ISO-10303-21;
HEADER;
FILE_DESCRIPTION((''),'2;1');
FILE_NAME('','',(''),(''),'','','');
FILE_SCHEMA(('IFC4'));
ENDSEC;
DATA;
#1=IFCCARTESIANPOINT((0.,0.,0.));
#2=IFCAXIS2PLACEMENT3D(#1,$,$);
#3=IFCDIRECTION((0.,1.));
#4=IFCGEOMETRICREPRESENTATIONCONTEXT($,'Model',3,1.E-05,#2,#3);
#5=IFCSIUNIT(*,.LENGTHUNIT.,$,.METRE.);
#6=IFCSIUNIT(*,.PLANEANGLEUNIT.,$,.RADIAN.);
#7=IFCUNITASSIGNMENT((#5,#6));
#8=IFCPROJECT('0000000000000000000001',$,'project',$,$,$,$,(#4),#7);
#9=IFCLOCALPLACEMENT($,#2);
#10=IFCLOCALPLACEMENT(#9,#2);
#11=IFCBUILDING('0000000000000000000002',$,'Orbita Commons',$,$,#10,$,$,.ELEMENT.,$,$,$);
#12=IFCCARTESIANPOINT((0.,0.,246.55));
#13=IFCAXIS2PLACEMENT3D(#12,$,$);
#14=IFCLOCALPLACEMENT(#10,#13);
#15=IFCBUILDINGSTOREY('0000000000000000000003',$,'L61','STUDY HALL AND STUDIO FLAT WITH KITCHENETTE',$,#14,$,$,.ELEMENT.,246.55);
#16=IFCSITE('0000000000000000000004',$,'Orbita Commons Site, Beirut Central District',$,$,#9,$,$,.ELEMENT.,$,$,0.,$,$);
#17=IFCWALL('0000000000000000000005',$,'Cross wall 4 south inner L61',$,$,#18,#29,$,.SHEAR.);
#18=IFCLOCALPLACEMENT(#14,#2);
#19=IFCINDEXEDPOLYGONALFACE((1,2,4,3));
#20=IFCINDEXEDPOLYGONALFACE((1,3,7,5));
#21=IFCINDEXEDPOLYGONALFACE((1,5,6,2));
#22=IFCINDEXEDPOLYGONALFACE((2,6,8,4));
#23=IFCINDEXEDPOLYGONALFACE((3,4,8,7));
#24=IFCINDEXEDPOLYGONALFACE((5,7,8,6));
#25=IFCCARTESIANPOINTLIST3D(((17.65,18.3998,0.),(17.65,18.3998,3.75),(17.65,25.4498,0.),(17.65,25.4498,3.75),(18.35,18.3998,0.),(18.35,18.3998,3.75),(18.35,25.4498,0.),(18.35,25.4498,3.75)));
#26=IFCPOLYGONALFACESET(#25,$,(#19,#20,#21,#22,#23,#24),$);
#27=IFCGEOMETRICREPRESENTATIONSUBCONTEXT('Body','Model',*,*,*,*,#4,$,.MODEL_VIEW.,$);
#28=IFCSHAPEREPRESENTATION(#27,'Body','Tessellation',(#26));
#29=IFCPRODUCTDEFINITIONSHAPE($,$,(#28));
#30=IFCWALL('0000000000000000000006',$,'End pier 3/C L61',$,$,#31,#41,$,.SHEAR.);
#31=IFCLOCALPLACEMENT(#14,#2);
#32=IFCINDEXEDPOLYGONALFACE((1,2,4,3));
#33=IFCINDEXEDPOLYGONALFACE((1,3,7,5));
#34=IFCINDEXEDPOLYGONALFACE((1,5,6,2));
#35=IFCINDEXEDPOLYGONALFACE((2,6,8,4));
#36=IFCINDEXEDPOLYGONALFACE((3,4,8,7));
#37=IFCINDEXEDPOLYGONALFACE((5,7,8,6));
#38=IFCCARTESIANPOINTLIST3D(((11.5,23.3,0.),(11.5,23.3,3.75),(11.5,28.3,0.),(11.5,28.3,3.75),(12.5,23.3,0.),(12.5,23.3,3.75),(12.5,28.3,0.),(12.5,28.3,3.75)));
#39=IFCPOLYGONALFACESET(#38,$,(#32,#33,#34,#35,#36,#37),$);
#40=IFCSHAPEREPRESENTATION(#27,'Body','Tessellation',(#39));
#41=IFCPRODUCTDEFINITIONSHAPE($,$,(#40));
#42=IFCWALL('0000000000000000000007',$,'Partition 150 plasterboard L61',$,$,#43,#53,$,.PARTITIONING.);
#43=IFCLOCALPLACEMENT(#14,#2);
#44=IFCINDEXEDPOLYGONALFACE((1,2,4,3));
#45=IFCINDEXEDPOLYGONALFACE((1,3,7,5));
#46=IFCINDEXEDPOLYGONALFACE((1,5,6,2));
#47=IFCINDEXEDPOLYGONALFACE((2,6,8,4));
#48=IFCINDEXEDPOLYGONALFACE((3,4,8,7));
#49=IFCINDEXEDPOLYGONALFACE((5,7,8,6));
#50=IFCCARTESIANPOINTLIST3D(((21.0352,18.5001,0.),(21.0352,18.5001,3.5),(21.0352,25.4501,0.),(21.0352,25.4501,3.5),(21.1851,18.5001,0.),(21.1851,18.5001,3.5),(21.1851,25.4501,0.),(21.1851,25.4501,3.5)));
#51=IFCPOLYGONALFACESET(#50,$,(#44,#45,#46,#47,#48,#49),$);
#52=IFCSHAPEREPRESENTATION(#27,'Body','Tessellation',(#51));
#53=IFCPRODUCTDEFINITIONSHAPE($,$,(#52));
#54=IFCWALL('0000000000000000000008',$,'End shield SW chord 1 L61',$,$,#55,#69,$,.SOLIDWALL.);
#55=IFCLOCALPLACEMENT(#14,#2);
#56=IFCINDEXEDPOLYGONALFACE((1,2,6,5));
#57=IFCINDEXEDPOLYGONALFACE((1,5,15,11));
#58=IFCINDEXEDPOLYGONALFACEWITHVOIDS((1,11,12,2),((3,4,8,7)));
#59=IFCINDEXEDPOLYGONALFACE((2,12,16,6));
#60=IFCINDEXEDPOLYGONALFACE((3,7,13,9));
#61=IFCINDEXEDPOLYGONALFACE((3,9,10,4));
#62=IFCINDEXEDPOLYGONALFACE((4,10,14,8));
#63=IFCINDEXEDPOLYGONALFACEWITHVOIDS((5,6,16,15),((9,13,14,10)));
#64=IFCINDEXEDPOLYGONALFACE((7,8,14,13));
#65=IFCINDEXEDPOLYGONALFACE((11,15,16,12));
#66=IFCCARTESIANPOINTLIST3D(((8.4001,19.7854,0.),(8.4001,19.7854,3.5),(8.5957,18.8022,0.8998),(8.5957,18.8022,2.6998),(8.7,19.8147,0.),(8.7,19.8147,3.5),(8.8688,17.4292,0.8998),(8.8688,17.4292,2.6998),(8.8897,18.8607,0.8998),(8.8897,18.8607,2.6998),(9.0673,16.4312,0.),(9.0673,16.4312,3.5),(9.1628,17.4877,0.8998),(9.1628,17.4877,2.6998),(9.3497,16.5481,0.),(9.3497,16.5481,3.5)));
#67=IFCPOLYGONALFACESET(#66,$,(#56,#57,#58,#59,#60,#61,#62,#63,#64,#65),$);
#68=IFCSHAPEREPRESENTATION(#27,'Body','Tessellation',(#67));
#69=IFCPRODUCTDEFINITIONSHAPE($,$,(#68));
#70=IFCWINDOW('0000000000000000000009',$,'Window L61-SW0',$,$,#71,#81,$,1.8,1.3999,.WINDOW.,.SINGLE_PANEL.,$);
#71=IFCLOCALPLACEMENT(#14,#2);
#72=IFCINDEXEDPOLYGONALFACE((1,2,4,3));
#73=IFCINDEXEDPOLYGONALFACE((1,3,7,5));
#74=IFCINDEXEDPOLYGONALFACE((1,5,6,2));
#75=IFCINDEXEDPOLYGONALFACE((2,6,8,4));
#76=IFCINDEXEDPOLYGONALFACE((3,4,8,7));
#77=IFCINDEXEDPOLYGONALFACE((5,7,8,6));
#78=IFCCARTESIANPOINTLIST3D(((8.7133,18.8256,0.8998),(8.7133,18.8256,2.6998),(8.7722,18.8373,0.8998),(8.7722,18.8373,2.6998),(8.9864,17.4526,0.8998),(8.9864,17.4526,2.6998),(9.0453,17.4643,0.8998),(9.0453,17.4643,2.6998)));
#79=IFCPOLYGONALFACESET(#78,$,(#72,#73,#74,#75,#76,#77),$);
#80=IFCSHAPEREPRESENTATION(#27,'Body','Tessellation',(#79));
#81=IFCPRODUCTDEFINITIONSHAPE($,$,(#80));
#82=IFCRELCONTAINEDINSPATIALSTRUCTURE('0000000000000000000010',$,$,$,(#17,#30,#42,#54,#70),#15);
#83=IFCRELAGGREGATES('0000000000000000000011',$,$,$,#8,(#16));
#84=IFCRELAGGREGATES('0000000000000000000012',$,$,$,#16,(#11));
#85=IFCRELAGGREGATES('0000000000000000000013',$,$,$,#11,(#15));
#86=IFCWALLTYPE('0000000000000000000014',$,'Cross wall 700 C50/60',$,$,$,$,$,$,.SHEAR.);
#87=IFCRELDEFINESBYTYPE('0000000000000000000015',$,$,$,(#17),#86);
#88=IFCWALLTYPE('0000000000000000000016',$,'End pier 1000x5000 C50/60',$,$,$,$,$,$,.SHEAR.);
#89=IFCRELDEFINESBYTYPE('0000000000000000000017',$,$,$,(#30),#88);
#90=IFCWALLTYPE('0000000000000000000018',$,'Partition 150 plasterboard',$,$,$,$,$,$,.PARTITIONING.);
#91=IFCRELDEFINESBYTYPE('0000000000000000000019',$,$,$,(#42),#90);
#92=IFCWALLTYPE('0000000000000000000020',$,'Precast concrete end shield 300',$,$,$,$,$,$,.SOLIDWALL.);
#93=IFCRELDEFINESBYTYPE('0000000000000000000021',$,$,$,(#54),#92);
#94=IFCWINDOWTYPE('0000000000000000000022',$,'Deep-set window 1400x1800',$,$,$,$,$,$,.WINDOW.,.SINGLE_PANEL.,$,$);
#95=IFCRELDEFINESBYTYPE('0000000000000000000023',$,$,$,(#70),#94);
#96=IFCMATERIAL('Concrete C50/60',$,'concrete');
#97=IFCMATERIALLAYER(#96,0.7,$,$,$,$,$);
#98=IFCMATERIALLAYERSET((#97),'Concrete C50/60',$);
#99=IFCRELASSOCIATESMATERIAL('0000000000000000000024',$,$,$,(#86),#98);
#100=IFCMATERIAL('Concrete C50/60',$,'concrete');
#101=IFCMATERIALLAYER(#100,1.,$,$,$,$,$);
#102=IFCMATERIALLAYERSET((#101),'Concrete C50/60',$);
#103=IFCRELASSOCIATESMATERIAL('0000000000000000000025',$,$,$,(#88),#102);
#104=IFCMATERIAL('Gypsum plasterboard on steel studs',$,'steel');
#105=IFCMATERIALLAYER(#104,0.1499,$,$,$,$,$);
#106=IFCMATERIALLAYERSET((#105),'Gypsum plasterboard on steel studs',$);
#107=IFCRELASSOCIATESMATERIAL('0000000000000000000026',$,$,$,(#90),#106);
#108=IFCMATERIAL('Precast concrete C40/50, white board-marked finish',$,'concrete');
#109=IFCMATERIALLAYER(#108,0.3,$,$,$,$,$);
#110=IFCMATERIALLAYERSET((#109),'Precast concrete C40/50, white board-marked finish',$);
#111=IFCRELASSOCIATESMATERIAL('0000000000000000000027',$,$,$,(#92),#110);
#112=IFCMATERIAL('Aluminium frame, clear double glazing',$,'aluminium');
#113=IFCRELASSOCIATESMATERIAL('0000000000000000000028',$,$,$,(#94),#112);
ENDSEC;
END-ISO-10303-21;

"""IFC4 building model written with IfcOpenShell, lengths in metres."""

from ifc_helpers import new_model, si_unit, direction, frame, frame_2d, origin, place, context, subcontext, project, spatial, polyline, rectangle, outline, extrude, material, layer, layer_set, type_object, element, fill, save


model = new_model("IFC4")

# Units and contexts
model_context = context("Model", 3, precision=1e-05, world=origin(), true_north=direction((0.0, 1.0)))
body_context = subcontext(model_context, "Body", "Model", "MODEL_VIEW")
ifc_project = project(units=[si_unit("LENGTHUNIT", "METRE"), si_unit("PLANEANGLEUNIT", "RADIAN")], contexts=[model_context])

# Site, building, storey
site_placement = place(None, origin())
site = spatial("IfcSite", under=ifc_project, at=site_placement, Name="Orbita Commons Site, Beirut Central District", CompositionType="ELEMENT", RefElevation=0.0)
building_placement = place(site_placement, origin())
building = spatial("IfcBuilding", under=site, at=building_placement, Name="Orbita Commons", CompositionType="ELEMENT")
storey_placement = place(building_placement, frame((0.0, 0.0, 246.55)))
storey = spatial("IfcBuildingStorey", under=building, at=storey_placement, Name="L61", Description="STUDY HALL AND STUDIO FLAT WITH KITCHENETTE", CompositionType="ELEMENT", Elevation=246.55)

# Walls
ifc_material_1 = material(Name="Concrete C50/60", Category="concrete")
ifc_layer_1 = layer(ifc_material_1, 0.7)
ifc_layer_set_1 = layer_set([ifc_layer_1], Name="Concrete C50/60")
wall_type_1 = type_object("IfcWallType", Name="Cross wall 700 C50/60", PredefinedType="SHEAR", material=ifc_layer_set_1)
wall_1_placement = place(storey_placement, frame((18.0, 18.3999, 0.0), z_axis=(0.0, 0.0, 1.0), x_axis=(0.0, 1.0, 0.0)))
element("IfcWall", 1, at=wall_1_placement, inside=storey, type_object=wall_type_1, Name="Cross wall 4 south inner L61", PredefinedType="SHEAR", context=body_context, shape_type="SweptSolid", body=[
    extrude(rectangle(XDim=7.05, YDim=0.7, at=frame_2d((3.5249, 0.0))), origin(), (0.0, 0.0, 1.0), 3.75),
])
ifc_material_2 = material(Name="Concrete C50/60", Category="concrete")
ifc_layer_2 = layer(ifc_material_2, 1.0)
ifc_layer_set_2 = layer_set([ifc_layer_2], Name="Concrete C50/60")
wall_type_2 = type_object("IfcWallType", Name="End pier 1000x5000 C50/60", PredefinedType="SHEAR", material=ifc_layer_set_2)
wall_2_placement = place(storey_placement, frame((12.0, 23.3, 0.0), z_axis=(0.0, 0.0, 1.0), x_axis=(0.0, 1.0, 0.0)))
element("IfcWall", 2, at=wall_2_placement, inside=storey, type_object=wall_type_2, Name="End pier 3/C L61", PredefinedType="SHEAR", context=body_context, shape_type="SweptSolid", body=[
    extrude(rectangle(XDim=5.0, YDim=1.0, at=frame_2d((2.5, 0.0))), origin(), (0.0, 0.0, 1.0), 3.75),
])
ifc_material_3 = material(Name="Gypsum plasterboard on steel studs", Category="steel")
ifc_layer_3 = layer(ifc_material_3, 0.1499)
ifc_layer_set_3 = layer_set([ifc_layer_3], Name="Gypsum plasterboard on steel studs")
wall_type_3 = type_object("IfcWallType", Name="Partition 150 plasterboard", PredefinedType="PARTITIONING", material=ifc_layer_set_3)
wall_3_placement = place(storey_placement, frame((21.1101, 18.5, 0.0), z_axis=(0.0, 0.0, 1.0), x_axis=(0.0, 1.0, 0.0)))
element("IfcWall", 3, at=wall_3_placement, inside=storey, type_object=wall_type_3, Name="Partition 150 plasterboard L61", PredefinedType="PARTITIONING", context=body_context, shape_type="SweptSolid", body=[
    extrude(rectangle(XDim=6.95, YDim=0.1499, at=frame_2d((3.4751, 0.0))), origin(), (0.0, 0.0, 1.0), 3.5),
])

# Wall, opening, window
ifc_material_4 = material(Name="Precast concrete C40/50, white board-marked finish", Category="concrete")
ifc_layer_4 = layer(ifc_material_4, 0.3)
ifc_layer_set_4 = layer_set([ifc_layer_4], Name="Precast concrete C40/50, white board-marked finish")
wall_type_4 = type_object("IfcWallType", Name="Precast concrete end shield 300", PredefinedType="SOLIDWALL", material=ifc_layer_set_4)
wall_4_placement = place(storey_placement, frame((8.55, 19.8, 0.0), z_axis=(0.0, 0.0, 1.0), x_axis=(0.195087, -0.980786, 0.0)))
wall_4 = element("IfcWall", 4, at=wall_4_placement, inside=storey, type_object=wall_type_4, Name="End shield SW chord 1 L61", PredefinedType="SOLIDWALL", context=body_context, shape_type="SweptSolid", body=[
    extrude(outline(polyline([(-0.0149, -0.1499), (3.405, -0.1499), (3.3455, 0.1499), (0.0149, 0.1499), (-0.0149, -0.1499)])), origin(), (0.0, 0.0, 1.0), 3.5),
])
opening_1_placement = place(wall_4_placement, frame((0.9875, 0.0, 0.8999)))
opening_1 = element("IfcOpeningElement", 5, at=opening_1_placement, cuts=wall_4, PredefinedType="OPENING", context=body_context, shape_type="SweptSolid", body=[
    extrude(rectangle(XDim=1.3999, YDim=1.8, at=frame_2d((0.7, 0.8999))), frame((0.0, 0.1599, 0.0), z_axis=(0.0, -1.0, 0.0), x_axis=(1.0, 0.0, 0.0)), (0.0, 0.0, 1.0), 0.3201),
])
ifc_material_5 = material(Name="Aluminium frame, clear double glazing", Category="aluminium")
window_type = type_object("IfcWindowType", Name="Deep-set window 1400x1800", PartitioningType="SINGLE_PANEL", PredefinedType="WINDOW", material=ifc_material_5)
window_placement = place(opening_1_placement, origin())
window = element("IfcWindow", 6, at=window_placement, inside=storey, type_object=window_type, Name="Window L61-SW0", OverallHeight=1.8, OverallWidth=1.3999, PartitioningType="SINGLE_PANEL", PredefinedType="WINDOW", context=body_context, shape_type="SweptSolid", body=[
    extrude(rectangle(XDim=1.3999, YDim=1.8, at=frame_2d((0.7, 0.8999))), frame((0.0, 0.03, 0.0), z_axis=(0.0, -1.0, 0.0), x_axis=(1.0, 0.0, 0.0)), (0.0, 0.0, 1.0), 0.0601),
])
fill(opening_1, window)

save(model, "model.ifc")
